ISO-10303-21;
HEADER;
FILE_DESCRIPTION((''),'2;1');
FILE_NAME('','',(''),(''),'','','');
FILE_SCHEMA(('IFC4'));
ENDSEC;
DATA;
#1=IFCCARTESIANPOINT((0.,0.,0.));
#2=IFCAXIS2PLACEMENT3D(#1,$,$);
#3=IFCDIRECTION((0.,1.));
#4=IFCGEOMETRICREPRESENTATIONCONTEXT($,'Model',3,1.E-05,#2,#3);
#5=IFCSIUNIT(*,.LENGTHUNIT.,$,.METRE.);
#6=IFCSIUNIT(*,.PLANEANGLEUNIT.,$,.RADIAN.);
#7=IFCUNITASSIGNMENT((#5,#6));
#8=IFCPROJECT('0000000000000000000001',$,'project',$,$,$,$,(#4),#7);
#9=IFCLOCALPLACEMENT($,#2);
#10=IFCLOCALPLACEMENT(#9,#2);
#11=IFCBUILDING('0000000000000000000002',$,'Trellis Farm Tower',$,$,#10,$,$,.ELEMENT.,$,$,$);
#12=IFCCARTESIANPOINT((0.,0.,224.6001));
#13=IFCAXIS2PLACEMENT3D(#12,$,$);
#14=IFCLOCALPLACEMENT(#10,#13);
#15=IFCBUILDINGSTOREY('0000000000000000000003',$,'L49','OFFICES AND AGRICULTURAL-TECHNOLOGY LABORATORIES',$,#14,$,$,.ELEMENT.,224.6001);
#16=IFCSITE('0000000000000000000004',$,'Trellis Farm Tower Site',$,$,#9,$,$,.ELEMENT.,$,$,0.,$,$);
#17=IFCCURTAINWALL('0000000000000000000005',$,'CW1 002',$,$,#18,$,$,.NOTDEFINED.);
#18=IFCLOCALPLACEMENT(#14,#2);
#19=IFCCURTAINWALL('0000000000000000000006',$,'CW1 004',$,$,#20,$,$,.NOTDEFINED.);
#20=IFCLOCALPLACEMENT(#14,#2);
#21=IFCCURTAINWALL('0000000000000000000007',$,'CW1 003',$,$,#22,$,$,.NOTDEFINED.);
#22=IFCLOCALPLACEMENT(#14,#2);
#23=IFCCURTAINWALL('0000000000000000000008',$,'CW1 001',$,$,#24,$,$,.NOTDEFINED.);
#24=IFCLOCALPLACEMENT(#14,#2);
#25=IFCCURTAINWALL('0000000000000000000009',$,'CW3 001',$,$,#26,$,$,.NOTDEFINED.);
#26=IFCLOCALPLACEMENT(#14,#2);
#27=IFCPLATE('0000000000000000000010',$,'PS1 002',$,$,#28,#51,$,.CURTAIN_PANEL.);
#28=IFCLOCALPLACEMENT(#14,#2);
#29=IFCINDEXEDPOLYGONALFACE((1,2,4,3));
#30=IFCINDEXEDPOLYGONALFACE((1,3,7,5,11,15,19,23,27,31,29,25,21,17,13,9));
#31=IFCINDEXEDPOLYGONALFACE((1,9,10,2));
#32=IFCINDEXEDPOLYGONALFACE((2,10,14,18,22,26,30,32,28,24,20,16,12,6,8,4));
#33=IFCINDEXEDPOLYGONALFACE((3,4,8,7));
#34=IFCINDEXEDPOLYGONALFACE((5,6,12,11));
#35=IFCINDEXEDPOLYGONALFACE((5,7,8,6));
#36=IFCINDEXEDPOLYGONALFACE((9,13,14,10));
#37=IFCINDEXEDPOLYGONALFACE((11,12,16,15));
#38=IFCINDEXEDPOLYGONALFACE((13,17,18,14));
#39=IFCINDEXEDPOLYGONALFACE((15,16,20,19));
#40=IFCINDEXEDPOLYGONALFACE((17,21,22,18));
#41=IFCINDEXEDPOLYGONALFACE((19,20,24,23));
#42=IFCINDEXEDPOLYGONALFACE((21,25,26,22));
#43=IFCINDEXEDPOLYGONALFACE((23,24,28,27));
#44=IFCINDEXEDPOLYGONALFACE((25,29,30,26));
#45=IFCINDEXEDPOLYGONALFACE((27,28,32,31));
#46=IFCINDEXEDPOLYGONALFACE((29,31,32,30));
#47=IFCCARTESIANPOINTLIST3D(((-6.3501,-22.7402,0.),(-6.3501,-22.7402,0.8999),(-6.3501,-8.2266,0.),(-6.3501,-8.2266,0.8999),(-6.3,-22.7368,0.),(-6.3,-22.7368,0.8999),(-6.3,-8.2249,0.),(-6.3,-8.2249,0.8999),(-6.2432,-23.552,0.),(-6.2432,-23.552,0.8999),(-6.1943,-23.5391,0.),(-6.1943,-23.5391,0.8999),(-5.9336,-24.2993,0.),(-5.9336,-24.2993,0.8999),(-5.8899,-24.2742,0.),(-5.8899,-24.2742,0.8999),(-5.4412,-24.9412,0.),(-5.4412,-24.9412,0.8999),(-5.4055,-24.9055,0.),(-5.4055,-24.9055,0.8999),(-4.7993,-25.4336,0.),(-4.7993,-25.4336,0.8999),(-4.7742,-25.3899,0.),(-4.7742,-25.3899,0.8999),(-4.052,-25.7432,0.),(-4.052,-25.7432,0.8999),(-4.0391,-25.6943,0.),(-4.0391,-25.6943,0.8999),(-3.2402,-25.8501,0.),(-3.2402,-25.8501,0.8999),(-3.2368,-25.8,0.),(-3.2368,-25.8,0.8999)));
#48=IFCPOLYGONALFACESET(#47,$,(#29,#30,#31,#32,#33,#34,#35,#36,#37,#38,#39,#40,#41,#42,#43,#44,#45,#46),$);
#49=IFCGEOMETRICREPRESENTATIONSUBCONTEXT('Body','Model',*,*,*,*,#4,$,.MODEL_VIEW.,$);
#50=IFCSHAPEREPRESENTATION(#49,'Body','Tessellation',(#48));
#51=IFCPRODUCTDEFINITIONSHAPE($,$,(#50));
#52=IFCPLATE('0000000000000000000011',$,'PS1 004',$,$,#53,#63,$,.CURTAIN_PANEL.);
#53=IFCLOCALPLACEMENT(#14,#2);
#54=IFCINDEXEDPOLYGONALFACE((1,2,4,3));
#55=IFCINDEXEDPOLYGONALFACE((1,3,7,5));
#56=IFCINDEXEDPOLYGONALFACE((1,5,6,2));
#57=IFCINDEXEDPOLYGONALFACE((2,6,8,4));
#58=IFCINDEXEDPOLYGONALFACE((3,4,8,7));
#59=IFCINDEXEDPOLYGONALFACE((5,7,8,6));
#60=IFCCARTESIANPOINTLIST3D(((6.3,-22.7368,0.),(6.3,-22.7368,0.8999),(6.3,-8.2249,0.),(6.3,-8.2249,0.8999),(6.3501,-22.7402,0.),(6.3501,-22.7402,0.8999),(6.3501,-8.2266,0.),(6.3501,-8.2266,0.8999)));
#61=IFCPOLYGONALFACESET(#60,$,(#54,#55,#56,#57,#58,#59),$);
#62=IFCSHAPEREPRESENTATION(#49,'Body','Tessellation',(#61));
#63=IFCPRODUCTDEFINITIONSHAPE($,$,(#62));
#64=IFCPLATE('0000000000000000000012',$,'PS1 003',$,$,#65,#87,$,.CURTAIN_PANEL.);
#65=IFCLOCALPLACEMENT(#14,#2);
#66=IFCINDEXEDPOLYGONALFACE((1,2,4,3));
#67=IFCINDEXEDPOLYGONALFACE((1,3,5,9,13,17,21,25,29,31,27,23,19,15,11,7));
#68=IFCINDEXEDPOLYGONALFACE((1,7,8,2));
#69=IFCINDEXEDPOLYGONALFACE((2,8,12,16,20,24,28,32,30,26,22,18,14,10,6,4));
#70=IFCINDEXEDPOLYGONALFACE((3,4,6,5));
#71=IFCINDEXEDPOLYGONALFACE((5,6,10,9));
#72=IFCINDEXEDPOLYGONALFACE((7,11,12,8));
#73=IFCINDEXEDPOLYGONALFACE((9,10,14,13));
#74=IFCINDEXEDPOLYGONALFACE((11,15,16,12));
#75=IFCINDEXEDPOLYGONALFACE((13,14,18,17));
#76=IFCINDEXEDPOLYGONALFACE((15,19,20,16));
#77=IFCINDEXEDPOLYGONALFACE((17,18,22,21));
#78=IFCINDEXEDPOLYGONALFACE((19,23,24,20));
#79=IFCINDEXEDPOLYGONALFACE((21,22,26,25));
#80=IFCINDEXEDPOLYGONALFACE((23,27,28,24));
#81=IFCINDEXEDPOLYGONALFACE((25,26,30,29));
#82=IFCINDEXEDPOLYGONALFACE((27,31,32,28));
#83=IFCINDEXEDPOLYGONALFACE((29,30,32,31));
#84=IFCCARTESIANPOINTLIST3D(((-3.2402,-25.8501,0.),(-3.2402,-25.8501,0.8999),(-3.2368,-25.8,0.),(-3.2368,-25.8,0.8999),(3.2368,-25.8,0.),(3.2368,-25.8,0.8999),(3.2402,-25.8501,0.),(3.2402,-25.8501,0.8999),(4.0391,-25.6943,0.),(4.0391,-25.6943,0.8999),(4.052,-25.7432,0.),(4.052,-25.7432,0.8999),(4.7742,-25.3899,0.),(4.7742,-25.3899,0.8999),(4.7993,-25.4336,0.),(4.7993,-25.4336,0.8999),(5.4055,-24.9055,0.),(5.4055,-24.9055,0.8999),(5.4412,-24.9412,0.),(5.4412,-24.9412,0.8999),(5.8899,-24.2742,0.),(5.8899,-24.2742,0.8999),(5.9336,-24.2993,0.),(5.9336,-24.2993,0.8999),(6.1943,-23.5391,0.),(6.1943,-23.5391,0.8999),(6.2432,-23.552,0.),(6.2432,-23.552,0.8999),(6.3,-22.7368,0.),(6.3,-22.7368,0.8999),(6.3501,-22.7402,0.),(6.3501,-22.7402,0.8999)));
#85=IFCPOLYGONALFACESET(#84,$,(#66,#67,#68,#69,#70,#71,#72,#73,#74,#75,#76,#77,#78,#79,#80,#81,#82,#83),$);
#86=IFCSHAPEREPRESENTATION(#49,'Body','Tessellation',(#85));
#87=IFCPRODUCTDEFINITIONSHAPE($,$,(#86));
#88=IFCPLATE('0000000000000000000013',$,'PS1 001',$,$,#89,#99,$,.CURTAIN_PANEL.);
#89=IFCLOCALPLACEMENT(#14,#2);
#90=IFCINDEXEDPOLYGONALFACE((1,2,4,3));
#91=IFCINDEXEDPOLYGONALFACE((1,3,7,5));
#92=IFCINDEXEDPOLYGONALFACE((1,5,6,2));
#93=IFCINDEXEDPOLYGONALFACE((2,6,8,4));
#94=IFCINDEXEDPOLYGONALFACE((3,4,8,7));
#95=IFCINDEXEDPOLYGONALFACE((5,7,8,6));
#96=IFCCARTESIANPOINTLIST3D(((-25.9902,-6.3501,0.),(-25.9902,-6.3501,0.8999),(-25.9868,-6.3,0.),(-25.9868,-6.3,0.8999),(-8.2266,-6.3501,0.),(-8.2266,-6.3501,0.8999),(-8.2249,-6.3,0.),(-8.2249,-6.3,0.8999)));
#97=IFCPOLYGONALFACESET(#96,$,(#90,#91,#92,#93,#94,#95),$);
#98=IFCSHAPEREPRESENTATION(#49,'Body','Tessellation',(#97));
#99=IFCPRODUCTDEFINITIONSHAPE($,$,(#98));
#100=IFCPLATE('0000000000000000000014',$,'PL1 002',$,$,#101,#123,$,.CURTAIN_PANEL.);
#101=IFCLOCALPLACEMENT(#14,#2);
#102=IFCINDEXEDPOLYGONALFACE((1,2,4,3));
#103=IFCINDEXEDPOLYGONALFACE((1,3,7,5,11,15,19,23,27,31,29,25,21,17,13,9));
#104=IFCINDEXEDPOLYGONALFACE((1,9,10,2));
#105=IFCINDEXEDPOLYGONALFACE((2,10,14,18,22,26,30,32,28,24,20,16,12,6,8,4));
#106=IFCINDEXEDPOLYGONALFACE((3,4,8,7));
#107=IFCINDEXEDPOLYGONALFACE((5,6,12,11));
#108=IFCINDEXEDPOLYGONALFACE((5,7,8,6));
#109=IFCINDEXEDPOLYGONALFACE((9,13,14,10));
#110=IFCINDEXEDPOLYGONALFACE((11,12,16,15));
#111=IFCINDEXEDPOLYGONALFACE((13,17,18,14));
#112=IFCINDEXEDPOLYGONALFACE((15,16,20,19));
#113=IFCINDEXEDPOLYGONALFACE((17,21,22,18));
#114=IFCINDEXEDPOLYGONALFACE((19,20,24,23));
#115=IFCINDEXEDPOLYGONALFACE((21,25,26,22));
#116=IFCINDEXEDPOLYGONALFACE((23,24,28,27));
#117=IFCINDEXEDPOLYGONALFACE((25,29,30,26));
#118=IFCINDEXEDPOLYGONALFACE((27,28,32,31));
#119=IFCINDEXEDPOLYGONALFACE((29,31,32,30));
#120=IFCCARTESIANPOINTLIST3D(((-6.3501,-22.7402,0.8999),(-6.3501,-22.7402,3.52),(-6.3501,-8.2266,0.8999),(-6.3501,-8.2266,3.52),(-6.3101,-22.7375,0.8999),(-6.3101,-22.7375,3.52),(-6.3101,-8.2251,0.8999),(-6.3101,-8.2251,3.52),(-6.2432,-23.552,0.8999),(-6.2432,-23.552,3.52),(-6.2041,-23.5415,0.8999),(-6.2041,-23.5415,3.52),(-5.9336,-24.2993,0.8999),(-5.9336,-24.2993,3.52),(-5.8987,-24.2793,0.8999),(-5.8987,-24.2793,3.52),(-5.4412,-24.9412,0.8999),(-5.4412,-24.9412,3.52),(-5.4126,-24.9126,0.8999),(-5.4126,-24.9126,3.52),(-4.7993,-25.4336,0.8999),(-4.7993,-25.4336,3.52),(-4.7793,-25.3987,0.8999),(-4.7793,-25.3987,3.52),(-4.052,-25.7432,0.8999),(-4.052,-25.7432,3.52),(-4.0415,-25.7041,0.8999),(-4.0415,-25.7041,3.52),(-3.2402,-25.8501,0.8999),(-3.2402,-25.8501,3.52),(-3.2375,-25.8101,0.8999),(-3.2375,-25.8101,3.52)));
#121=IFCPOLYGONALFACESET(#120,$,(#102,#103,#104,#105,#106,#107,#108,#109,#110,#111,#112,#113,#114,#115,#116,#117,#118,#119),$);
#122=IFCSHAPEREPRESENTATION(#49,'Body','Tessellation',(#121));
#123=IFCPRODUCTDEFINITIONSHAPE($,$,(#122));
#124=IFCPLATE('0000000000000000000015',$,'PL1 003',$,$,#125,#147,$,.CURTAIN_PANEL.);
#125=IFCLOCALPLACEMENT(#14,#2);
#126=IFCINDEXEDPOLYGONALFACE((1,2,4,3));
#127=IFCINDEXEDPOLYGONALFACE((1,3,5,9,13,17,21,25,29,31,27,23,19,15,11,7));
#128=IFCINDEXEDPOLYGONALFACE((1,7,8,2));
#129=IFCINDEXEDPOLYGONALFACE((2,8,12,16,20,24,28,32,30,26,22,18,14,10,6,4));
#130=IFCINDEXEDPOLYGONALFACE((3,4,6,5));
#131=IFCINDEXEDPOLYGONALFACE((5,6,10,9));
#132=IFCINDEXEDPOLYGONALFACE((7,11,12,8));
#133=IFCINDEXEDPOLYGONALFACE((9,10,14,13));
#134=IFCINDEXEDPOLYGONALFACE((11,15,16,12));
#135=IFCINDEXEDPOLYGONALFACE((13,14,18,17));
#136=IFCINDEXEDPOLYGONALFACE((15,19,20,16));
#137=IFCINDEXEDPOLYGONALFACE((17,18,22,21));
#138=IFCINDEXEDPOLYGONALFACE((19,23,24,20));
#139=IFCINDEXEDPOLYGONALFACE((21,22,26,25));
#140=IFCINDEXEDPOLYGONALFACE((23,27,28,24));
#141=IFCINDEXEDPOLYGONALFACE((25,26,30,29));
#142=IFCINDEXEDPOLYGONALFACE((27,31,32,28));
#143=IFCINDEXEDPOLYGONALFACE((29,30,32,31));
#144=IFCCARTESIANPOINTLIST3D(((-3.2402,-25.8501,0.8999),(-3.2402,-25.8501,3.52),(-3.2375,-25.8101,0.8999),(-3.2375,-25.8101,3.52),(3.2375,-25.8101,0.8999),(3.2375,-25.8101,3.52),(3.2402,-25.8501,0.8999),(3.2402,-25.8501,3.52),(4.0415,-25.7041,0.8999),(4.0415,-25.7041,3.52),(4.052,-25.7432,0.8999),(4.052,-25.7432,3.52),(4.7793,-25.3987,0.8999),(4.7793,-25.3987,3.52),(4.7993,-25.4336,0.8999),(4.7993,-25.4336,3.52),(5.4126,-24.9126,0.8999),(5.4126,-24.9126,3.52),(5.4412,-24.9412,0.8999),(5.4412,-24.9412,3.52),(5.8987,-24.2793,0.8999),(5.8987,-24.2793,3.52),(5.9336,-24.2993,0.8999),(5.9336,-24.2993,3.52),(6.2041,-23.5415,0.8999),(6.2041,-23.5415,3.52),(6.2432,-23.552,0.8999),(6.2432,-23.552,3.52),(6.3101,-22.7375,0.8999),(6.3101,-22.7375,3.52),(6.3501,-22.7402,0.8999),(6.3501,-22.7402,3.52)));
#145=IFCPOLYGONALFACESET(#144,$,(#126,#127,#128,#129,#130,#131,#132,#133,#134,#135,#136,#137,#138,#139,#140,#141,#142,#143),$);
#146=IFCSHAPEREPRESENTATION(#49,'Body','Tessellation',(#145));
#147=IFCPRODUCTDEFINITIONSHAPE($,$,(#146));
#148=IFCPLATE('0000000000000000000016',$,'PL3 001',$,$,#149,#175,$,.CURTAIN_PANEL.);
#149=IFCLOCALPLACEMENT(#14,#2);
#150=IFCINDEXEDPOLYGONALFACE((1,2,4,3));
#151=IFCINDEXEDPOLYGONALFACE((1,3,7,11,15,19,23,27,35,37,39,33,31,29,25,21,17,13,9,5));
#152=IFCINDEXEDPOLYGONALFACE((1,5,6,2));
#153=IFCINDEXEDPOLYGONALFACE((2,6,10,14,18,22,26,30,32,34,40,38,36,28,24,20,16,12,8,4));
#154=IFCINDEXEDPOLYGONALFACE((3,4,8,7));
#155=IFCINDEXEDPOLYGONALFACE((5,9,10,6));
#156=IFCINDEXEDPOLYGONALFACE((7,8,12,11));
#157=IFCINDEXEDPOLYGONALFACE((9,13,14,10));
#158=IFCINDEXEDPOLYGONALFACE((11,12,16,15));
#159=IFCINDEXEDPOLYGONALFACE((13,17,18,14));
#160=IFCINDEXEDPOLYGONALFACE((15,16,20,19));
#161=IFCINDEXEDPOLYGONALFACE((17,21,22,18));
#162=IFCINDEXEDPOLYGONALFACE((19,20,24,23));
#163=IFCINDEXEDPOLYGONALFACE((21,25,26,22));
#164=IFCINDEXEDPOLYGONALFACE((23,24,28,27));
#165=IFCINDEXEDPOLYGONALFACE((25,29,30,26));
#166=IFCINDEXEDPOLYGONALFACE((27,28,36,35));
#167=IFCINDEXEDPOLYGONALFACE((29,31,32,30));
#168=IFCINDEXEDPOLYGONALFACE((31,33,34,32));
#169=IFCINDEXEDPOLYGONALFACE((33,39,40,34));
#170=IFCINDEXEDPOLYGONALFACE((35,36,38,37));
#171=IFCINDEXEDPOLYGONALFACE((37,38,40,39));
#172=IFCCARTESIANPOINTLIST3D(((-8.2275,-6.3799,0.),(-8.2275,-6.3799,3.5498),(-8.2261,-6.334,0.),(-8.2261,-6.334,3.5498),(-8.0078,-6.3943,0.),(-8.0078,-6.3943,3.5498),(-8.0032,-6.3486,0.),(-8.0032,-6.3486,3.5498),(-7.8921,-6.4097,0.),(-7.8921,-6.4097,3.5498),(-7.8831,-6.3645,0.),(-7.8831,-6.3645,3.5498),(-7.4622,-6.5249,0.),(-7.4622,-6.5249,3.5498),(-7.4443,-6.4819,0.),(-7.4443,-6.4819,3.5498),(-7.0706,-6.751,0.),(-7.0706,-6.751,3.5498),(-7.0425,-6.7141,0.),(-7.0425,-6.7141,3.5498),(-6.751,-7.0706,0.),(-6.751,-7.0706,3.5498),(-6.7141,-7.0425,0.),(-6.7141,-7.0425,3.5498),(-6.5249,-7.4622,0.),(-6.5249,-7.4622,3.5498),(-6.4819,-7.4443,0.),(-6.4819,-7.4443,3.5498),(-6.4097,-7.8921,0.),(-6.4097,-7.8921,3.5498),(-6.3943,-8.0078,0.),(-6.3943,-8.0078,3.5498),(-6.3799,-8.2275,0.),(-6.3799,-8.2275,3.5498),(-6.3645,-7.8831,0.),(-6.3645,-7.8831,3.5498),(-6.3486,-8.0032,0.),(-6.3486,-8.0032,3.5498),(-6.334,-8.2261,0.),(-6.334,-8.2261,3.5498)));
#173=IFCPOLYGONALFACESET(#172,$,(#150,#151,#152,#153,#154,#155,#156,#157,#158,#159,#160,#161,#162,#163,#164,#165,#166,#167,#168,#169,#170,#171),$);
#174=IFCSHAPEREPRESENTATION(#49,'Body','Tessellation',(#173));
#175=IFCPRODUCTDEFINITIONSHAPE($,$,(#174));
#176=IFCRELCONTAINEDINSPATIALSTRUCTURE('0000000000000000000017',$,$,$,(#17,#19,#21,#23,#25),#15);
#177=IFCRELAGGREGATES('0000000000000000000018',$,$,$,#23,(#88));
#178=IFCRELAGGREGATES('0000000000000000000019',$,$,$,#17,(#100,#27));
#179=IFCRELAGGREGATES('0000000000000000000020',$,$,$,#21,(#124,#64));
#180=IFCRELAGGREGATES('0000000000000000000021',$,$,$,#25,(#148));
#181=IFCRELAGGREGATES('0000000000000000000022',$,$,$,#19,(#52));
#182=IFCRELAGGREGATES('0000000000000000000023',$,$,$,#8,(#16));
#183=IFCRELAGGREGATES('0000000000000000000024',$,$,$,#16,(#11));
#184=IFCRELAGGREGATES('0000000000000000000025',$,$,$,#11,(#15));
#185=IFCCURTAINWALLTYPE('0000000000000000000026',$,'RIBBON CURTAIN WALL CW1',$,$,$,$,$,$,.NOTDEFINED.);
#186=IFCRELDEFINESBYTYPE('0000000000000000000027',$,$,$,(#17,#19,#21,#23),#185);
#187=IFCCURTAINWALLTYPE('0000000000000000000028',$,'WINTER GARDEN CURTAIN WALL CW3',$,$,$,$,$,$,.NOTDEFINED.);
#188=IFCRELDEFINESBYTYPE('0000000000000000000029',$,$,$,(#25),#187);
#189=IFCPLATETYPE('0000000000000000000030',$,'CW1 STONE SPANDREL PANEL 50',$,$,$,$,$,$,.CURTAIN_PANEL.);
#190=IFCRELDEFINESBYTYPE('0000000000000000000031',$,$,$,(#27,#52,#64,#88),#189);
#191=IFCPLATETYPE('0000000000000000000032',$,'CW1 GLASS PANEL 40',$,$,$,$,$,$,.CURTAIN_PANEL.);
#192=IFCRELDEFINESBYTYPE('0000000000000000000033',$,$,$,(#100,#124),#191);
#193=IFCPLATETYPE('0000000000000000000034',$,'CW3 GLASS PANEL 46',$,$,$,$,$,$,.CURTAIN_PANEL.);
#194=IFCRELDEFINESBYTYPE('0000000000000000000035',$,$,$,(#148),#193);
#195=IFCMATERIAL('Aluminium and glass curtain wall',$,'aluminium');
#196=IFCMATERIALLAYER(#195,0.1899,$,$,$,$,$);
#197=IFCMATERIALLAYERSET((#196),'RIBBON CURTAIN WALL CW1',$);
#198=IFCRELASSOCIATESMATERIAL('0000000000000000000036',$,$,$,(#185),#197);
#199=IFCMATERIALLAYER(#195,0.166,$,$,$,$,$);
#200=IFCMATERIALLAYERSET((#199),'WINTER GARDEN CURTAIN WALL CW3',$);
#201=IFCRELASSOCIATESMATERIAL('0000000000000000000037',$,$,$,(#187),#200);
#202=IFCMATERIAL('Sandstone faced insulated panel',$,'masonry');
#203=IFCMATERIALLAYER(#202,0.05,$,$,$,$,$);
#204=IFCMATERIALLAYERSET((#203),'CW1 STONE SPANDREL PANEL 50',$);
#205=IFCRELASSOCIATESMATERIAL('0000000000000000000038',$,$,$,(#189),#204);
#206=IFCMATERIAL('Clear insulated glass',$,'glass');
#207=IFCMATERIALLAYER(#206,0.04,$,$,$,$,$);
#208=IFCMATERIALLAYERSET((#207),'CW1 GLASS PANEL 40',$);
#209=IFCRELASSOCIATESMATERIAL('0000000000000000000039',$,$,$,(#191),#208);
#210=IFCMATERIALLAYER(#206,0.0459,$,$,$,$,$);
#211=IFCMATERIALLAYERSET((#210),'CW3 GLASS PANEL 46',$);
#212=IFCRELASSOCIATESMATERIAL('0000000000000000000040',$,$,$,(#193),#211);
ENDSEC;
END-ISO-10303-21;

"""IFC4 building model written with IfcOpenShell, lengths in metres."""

from ifc_helpers import new_model, si_unit, direction, frame, origin, place, context, subcontext, project, spatial, polyline, outline, extrude, source, transform, mapped, material, layer, layer_set, type_object, element, aggregate, save


model = new_model("IFC4")

# Units and contexts
model_context = context("Model", 3, precision=1e-05, world=origin(), true_north=direction((0.0, 1.0)))
body_context = subcontext(model_context, "Body", "Model", "MODEL_VIEW")
ifc_project = project(units=[si_unit("LENGTHUNIT", "METRE"), si_unit("PLANEANGLEUNIT", "RADIAN")], contexts=[model_context])

# Site, building, storey
site_placement = place(None, origin())
site = spatial("IfcSite", under=ifc_project, at=site_placement, Name="Trellis Farm Tower Site", CompositionType="ELEMENT", RefElevation=0.0)
building_placement = place(site_placement, origin())
building = spatial("IfcBuilding", under=site, at=building_placement, Name="Trellis Farm Tower", CompositionType="ELEMENT")
storey_placement = place(building_placement, frame((0.0, 0.0, 224.6001)))
storey = spatial("IfcBuildingStorey", under=building, at=storey_placement, Name="L49", Description="OFFICES AND AGRICULTURAL-TECHNOLOGY LABORATORIES", CompositionType="ELEMENT", Elevation=224.6001)

# Curtain walls
ifc_material_1 = material(Name="Aluminium and glass curtain wall", Category="aluminium")
ifc_layer_1 = layer(ifc_material_1, 0.1899)
ifc_layer_set_1 = layer_set([ifc_layer_1], Name="RIBBON CURTAIN WALL CW1")
curtain_wall_type_1 = type_object("IfcCurtainWallType", Name="RIBBON CURTAIN WALL CW1", PredefinedType="NOTDEFINED", material=ifc_layer_set_1)
placement_1 = place(storey_placement, origin())
curtain_wall_1 = element("IfcCurtainWall", 1, at=placement_1, inside=storey, type_object=curtain_wall_type_1, Name="CW1 002", PredefinedType="NOTDEFINED")
curtain_wall_2 = element("IfcCurtainWall", 2, at=placement_1, inside=storey, type_object=curtain_wall_type_1, Name="CW1 004", PredefinedType="NOTDEFINED")
curtain_wall_3 = element("IfcCurtainWall", 3, at=placement_1, inside=storey, type_object=curtain_wall_type_1, Name="CW1 003", PredefinedType="NOTDEFINED")
curtain_wall_4 = element("IfcCurtainWall", 4, at=placement_1, inside=storey, type_object=curtain_wall_type_1, Name="CW1 001", PredefinedType="NOTDEFINED")
ifc_layer_2 = layer(ifc_material_1, 0.166)
ifc_layer_set_2 = layer_set([ifc_layer_2], Name="WINTER GARDEN CURTAIN WALL CW3")
curtain_wall_type_2 = type_object("IfcCurtainWallType", Name="WINTER GARDEN CURTAIN WALL CW3", PredefinedType="NOTDEFINED", material=ifc_layer_set_2)
curtain_wall_5 = element("IfcCurtainWall", 5, at=placement_1, inside=storey, type_object=curtain_wall_type_2, Name="CW3 001", PredefinedType="NOTDEFINED")

# Plates
ifc_material_2 = material(Name="Sandstone faced insulated panel", Category="masonry")
ifc_layer_3 = layer(ifc_material_2, 0.05)
ifc_layer_set_3 = layer_set([ifc_layer_3], Name="CW1 STONE SPANDREL PANEL 50")
plate_type_1 = type_object("IfcPlateType", Name="CW1 STONE SPANDREL PANEL 50", PredefinedType="CURTAIN_PANEL", material=ifc_layer_set_3)
shared_shape_1 = source(origin(), body_context, "Body", "SweptSolid", [
    extrude(outline(polyline([(-6.3501, -8.2266), (-6.3501, -22.7402), (-6.2432, -23.552), (-5.9336, -24.2993), (-5.4412, -24.9412), (-4.7993, -25.4336), (-4.052, -25.7432), (-3.2402, -25.8501), (-3.2368, -25.8), (-4.0391, -25.6943), (-4.7742, -25.3899), (-5.4055, -24.9055), (-5.8899, -24.2742), (-6.1943, -23.5391), (-6.3, -22.7368), (-6.3, -8.2249), (-6.3501, -8.2266)])), origin(), (0.0, 0.0, 1.0), 0.8999),
])
plate_1 = element("IfcPlate", 6, at=placement_1, type_object=plate_type_1, Name="PS1 002", PredefinedType="CURTAIN_PANEL", context=body_context, shape_type="MappedRepresentation", body=[
    mapped(shared_shape_1, transform((0.0, 0.0, 0.0))),
])
shared_shape_2 = source(origin(), body_context, "Body", "SweptSolid", [
    extrude(outline(polyline([(6.3501, -22.7402), (6.3501, -8.2266), (6.3, -8.2249), (6.3, -22.7368), (6.3501, -22.7402)])), origin(), (0.0, 0.0, 1.0), 0.8999),
])
plate_2 = element("IfcPlate", 7, at=placement_1, type_object=plate_type_1, Name="PS1 004", PredefinedType="CURTAIN_PANEL", context=body_context, shape_type="MappedRepresentation", body=[
    mapped(shared_shape_2, transform((0.0, 0.0, 0.0))),
])
shared_shape_3 = source(origin(), body_context, "Body", "SweptSolid", [
    extrude(outline(polyline([(-3.2402, -25.8501), (3.2402, -25.8501), (4.052, -25.7432), (4.7993, -25.4336), (5.4412, -24.9412), (5.9336, -24.2993), (6.2432, -23.552), (6.3501, -22.7402), (6.3, -22.7368), (6.1943, -23.5391), (5.8899, -24.2742), (5.4055, -24.9055), (4.7742, -25.3899), (4.0391, -25.6943), (3.2368, -25.8), (-3.2368, -25.8), (-3.2402, -25.8501)])), origin(), (0.0, 0.0, 1.0), 0.8999),
])
plate_3 = element("IfcPlate", 8, at=placement_1, type_object=plate_type_1, Name="PS1 003", PredefinedType="CURTAIN_PANEL", context=body_context, shape_type="MappedRepresentation", body=[
    mapped(shared_shape_3, transform((0.0, 0.0, 0.0))),
])
shared_shape_4 = source(origin(), body_context, "Body", "SweptSolid", [
    extrude(outline(polyline([(-25.9902, -6.3501), (-8.2266, -6.3501), (-8.2249, -6.3), (-25.9868, -6.3), (-25.9902, -6.3501)])), origin(), (0.0, 0.0, 1.0), 0.8999),
])
plate_4 = element("IfcPlate", 9, at=placement_1, type_object=plate_type_1, Name="PS1 001", PredefinedType="CURTAIN_PANEL", context=body_context, shape_type="MappedRepresentation", body=[
    mapped(shared_shape_4, transform((0.0, 0.0, 0.0))),
])
aggregate(curtain_wall_4, [plate_4])
ifc_material_3 = material(Name="Clear insulated glass", Category="glass")
ifc_layer_4 = layer(ifc_material_3, 0.04)
ifc_layer_set_4 = layer_set([ifc_layer_4], Name="CW1 GLASS PANEL 40")
plate_type_2 = type_object("IfcPlateType", Name="CW1 GLASS PANEL 40", PredefinedType="CURTAIN_PANEL", material=ifc_layer_set_4)
shared_shape_5 = source(origin(), body_context, "Body", "SweptSolid", [
    extrude(outline(polyline([(-6.3501, -8.2266), (-6.3501, -22.7402), (-6.2432, -23.552), (-5.9336, -24.2993), (-5.4412, -24.9412), (-4.7993, -25.4336), (-4.052, -25.7432), (-3.2402, -25.8501), (-3.2375, -25.8101), (-4.0415, -25.7041), (-4.7793, -25.3987), (-5.4126, -24.9126), (-5.8987, -24.2793), (-6.2041, -23.5415), (-6.3101, -22.7375), (-6.3101, -8.2251), (-6.3501, -8.2266)])), origin(), (0.0, 0.0, 1.0), 2.6201),
])
placement_2 = place(storey_placement, frame((0.0, 0.0, 0.8999)))
plate_5 = element("IfcPlate", 10, at=placement_2, type_object=plate_type_2, Name="PL1 002", PredefinedType="CURTAIN_PANEL", context=body_context, shape_type="MappedRepresentation", body=[
    mapped(shared_shape_5, transform((0.0, 0.0, 0.0))),
])
aggregate(curtain_wall_1, [plate_5, plate_1])
shared_shape_6 = source(origin(), body_context, "Body", "SweptSolid", [
    extrude(outline(polyline([(-3.2402, -25.8501), (3.2402, -25.8501), (4.052, -25.7432), (4.7993, -25.4336), (5.4412, -24.9412), (5.9336, -24.2993), (6.2432, -23.552), (6.3501, -22.7402), (6.3101, -22.7375), (6.2041, -23.5415), (5.8987, -24.2793), (5.4126, -24.9126), (4.7793, -25.3987), (4.0415, -25.7041), (3.2375, -25.8101), (-3.2375, -25.8101), (-3.2402, -25.8501)])), origin(), (0.0, 0.0, 1.0), 2.6201),
])
plate_6 = element("IfcPlate", 11, at=placement_2, type_object=plate_type_2, Name="PL1 003", PredefinedType="CURTAIN_PANEL", context=body_context, shape_type="MappedRepresentation", body=[
    mapped(shared_shape_6, transform((0.0, 0.0, 0.0))),
])
aggregate(curtain_wall_3, [plate_6, plate_3])
ifc_layer_5 = layer(ifc_material_3, 0.0459)
ifc_layer_set_5 = layer_set([ifc_layer_5], Name="CW3 GLASS PANEL 46")
plate_type_3 = type_object("IfcPlateType", Name="CW3 GLASS PANEL 46", PredefinedType="CURTAIN_PANEL", material=ifc_layer_set_5)
shared_shape_7 = source(origin(), body_context, "Body", "SweptSolid", [
    extrude(outline(polyline([(-8.2275, -6.3799), (-8.0078, -6.3943), (-7.8921, -6.4097), (-7.4622, -6.5249), (-7.0706, -6.751), (-6.751, -7.0706), (-6.5249, -7.4622), (-6.4097, -7.8921), (-6.3943, -8.0078), (-6.3799, -8.2275), (-6.334, -8.2261), (-6.3486, -8.0032), (-6.3645, -7.8831), (-6.4819, -7.4443), (-6.7141, -7.0425), (-7.0425, -6.7141), (-7.4443, -6.4819), (-7.8831, -6.3645), (-8.0032, -6.3486), (-8.2261, -6.334), (-8.2275, -6.3799)])), origin(), (0.0, 0.0, 1.0), 3.5498),
])
plate_7 = element("IfcPlate", 12, at=placement_1, type_object=plate_type_3, Name="PL3 001", PredefinedType="CURTAIN_PANEL", context=body_context, shape_type="MappedRepresentation", body=[
    mapped(shared_shape_7, transform((0.0, 0.0, 0.0))),
])
aggregate(curtain_wall_5, [plate_7])
aggregate(curtain_wall_2, [plate_2])

save(model, "model.ifc")
